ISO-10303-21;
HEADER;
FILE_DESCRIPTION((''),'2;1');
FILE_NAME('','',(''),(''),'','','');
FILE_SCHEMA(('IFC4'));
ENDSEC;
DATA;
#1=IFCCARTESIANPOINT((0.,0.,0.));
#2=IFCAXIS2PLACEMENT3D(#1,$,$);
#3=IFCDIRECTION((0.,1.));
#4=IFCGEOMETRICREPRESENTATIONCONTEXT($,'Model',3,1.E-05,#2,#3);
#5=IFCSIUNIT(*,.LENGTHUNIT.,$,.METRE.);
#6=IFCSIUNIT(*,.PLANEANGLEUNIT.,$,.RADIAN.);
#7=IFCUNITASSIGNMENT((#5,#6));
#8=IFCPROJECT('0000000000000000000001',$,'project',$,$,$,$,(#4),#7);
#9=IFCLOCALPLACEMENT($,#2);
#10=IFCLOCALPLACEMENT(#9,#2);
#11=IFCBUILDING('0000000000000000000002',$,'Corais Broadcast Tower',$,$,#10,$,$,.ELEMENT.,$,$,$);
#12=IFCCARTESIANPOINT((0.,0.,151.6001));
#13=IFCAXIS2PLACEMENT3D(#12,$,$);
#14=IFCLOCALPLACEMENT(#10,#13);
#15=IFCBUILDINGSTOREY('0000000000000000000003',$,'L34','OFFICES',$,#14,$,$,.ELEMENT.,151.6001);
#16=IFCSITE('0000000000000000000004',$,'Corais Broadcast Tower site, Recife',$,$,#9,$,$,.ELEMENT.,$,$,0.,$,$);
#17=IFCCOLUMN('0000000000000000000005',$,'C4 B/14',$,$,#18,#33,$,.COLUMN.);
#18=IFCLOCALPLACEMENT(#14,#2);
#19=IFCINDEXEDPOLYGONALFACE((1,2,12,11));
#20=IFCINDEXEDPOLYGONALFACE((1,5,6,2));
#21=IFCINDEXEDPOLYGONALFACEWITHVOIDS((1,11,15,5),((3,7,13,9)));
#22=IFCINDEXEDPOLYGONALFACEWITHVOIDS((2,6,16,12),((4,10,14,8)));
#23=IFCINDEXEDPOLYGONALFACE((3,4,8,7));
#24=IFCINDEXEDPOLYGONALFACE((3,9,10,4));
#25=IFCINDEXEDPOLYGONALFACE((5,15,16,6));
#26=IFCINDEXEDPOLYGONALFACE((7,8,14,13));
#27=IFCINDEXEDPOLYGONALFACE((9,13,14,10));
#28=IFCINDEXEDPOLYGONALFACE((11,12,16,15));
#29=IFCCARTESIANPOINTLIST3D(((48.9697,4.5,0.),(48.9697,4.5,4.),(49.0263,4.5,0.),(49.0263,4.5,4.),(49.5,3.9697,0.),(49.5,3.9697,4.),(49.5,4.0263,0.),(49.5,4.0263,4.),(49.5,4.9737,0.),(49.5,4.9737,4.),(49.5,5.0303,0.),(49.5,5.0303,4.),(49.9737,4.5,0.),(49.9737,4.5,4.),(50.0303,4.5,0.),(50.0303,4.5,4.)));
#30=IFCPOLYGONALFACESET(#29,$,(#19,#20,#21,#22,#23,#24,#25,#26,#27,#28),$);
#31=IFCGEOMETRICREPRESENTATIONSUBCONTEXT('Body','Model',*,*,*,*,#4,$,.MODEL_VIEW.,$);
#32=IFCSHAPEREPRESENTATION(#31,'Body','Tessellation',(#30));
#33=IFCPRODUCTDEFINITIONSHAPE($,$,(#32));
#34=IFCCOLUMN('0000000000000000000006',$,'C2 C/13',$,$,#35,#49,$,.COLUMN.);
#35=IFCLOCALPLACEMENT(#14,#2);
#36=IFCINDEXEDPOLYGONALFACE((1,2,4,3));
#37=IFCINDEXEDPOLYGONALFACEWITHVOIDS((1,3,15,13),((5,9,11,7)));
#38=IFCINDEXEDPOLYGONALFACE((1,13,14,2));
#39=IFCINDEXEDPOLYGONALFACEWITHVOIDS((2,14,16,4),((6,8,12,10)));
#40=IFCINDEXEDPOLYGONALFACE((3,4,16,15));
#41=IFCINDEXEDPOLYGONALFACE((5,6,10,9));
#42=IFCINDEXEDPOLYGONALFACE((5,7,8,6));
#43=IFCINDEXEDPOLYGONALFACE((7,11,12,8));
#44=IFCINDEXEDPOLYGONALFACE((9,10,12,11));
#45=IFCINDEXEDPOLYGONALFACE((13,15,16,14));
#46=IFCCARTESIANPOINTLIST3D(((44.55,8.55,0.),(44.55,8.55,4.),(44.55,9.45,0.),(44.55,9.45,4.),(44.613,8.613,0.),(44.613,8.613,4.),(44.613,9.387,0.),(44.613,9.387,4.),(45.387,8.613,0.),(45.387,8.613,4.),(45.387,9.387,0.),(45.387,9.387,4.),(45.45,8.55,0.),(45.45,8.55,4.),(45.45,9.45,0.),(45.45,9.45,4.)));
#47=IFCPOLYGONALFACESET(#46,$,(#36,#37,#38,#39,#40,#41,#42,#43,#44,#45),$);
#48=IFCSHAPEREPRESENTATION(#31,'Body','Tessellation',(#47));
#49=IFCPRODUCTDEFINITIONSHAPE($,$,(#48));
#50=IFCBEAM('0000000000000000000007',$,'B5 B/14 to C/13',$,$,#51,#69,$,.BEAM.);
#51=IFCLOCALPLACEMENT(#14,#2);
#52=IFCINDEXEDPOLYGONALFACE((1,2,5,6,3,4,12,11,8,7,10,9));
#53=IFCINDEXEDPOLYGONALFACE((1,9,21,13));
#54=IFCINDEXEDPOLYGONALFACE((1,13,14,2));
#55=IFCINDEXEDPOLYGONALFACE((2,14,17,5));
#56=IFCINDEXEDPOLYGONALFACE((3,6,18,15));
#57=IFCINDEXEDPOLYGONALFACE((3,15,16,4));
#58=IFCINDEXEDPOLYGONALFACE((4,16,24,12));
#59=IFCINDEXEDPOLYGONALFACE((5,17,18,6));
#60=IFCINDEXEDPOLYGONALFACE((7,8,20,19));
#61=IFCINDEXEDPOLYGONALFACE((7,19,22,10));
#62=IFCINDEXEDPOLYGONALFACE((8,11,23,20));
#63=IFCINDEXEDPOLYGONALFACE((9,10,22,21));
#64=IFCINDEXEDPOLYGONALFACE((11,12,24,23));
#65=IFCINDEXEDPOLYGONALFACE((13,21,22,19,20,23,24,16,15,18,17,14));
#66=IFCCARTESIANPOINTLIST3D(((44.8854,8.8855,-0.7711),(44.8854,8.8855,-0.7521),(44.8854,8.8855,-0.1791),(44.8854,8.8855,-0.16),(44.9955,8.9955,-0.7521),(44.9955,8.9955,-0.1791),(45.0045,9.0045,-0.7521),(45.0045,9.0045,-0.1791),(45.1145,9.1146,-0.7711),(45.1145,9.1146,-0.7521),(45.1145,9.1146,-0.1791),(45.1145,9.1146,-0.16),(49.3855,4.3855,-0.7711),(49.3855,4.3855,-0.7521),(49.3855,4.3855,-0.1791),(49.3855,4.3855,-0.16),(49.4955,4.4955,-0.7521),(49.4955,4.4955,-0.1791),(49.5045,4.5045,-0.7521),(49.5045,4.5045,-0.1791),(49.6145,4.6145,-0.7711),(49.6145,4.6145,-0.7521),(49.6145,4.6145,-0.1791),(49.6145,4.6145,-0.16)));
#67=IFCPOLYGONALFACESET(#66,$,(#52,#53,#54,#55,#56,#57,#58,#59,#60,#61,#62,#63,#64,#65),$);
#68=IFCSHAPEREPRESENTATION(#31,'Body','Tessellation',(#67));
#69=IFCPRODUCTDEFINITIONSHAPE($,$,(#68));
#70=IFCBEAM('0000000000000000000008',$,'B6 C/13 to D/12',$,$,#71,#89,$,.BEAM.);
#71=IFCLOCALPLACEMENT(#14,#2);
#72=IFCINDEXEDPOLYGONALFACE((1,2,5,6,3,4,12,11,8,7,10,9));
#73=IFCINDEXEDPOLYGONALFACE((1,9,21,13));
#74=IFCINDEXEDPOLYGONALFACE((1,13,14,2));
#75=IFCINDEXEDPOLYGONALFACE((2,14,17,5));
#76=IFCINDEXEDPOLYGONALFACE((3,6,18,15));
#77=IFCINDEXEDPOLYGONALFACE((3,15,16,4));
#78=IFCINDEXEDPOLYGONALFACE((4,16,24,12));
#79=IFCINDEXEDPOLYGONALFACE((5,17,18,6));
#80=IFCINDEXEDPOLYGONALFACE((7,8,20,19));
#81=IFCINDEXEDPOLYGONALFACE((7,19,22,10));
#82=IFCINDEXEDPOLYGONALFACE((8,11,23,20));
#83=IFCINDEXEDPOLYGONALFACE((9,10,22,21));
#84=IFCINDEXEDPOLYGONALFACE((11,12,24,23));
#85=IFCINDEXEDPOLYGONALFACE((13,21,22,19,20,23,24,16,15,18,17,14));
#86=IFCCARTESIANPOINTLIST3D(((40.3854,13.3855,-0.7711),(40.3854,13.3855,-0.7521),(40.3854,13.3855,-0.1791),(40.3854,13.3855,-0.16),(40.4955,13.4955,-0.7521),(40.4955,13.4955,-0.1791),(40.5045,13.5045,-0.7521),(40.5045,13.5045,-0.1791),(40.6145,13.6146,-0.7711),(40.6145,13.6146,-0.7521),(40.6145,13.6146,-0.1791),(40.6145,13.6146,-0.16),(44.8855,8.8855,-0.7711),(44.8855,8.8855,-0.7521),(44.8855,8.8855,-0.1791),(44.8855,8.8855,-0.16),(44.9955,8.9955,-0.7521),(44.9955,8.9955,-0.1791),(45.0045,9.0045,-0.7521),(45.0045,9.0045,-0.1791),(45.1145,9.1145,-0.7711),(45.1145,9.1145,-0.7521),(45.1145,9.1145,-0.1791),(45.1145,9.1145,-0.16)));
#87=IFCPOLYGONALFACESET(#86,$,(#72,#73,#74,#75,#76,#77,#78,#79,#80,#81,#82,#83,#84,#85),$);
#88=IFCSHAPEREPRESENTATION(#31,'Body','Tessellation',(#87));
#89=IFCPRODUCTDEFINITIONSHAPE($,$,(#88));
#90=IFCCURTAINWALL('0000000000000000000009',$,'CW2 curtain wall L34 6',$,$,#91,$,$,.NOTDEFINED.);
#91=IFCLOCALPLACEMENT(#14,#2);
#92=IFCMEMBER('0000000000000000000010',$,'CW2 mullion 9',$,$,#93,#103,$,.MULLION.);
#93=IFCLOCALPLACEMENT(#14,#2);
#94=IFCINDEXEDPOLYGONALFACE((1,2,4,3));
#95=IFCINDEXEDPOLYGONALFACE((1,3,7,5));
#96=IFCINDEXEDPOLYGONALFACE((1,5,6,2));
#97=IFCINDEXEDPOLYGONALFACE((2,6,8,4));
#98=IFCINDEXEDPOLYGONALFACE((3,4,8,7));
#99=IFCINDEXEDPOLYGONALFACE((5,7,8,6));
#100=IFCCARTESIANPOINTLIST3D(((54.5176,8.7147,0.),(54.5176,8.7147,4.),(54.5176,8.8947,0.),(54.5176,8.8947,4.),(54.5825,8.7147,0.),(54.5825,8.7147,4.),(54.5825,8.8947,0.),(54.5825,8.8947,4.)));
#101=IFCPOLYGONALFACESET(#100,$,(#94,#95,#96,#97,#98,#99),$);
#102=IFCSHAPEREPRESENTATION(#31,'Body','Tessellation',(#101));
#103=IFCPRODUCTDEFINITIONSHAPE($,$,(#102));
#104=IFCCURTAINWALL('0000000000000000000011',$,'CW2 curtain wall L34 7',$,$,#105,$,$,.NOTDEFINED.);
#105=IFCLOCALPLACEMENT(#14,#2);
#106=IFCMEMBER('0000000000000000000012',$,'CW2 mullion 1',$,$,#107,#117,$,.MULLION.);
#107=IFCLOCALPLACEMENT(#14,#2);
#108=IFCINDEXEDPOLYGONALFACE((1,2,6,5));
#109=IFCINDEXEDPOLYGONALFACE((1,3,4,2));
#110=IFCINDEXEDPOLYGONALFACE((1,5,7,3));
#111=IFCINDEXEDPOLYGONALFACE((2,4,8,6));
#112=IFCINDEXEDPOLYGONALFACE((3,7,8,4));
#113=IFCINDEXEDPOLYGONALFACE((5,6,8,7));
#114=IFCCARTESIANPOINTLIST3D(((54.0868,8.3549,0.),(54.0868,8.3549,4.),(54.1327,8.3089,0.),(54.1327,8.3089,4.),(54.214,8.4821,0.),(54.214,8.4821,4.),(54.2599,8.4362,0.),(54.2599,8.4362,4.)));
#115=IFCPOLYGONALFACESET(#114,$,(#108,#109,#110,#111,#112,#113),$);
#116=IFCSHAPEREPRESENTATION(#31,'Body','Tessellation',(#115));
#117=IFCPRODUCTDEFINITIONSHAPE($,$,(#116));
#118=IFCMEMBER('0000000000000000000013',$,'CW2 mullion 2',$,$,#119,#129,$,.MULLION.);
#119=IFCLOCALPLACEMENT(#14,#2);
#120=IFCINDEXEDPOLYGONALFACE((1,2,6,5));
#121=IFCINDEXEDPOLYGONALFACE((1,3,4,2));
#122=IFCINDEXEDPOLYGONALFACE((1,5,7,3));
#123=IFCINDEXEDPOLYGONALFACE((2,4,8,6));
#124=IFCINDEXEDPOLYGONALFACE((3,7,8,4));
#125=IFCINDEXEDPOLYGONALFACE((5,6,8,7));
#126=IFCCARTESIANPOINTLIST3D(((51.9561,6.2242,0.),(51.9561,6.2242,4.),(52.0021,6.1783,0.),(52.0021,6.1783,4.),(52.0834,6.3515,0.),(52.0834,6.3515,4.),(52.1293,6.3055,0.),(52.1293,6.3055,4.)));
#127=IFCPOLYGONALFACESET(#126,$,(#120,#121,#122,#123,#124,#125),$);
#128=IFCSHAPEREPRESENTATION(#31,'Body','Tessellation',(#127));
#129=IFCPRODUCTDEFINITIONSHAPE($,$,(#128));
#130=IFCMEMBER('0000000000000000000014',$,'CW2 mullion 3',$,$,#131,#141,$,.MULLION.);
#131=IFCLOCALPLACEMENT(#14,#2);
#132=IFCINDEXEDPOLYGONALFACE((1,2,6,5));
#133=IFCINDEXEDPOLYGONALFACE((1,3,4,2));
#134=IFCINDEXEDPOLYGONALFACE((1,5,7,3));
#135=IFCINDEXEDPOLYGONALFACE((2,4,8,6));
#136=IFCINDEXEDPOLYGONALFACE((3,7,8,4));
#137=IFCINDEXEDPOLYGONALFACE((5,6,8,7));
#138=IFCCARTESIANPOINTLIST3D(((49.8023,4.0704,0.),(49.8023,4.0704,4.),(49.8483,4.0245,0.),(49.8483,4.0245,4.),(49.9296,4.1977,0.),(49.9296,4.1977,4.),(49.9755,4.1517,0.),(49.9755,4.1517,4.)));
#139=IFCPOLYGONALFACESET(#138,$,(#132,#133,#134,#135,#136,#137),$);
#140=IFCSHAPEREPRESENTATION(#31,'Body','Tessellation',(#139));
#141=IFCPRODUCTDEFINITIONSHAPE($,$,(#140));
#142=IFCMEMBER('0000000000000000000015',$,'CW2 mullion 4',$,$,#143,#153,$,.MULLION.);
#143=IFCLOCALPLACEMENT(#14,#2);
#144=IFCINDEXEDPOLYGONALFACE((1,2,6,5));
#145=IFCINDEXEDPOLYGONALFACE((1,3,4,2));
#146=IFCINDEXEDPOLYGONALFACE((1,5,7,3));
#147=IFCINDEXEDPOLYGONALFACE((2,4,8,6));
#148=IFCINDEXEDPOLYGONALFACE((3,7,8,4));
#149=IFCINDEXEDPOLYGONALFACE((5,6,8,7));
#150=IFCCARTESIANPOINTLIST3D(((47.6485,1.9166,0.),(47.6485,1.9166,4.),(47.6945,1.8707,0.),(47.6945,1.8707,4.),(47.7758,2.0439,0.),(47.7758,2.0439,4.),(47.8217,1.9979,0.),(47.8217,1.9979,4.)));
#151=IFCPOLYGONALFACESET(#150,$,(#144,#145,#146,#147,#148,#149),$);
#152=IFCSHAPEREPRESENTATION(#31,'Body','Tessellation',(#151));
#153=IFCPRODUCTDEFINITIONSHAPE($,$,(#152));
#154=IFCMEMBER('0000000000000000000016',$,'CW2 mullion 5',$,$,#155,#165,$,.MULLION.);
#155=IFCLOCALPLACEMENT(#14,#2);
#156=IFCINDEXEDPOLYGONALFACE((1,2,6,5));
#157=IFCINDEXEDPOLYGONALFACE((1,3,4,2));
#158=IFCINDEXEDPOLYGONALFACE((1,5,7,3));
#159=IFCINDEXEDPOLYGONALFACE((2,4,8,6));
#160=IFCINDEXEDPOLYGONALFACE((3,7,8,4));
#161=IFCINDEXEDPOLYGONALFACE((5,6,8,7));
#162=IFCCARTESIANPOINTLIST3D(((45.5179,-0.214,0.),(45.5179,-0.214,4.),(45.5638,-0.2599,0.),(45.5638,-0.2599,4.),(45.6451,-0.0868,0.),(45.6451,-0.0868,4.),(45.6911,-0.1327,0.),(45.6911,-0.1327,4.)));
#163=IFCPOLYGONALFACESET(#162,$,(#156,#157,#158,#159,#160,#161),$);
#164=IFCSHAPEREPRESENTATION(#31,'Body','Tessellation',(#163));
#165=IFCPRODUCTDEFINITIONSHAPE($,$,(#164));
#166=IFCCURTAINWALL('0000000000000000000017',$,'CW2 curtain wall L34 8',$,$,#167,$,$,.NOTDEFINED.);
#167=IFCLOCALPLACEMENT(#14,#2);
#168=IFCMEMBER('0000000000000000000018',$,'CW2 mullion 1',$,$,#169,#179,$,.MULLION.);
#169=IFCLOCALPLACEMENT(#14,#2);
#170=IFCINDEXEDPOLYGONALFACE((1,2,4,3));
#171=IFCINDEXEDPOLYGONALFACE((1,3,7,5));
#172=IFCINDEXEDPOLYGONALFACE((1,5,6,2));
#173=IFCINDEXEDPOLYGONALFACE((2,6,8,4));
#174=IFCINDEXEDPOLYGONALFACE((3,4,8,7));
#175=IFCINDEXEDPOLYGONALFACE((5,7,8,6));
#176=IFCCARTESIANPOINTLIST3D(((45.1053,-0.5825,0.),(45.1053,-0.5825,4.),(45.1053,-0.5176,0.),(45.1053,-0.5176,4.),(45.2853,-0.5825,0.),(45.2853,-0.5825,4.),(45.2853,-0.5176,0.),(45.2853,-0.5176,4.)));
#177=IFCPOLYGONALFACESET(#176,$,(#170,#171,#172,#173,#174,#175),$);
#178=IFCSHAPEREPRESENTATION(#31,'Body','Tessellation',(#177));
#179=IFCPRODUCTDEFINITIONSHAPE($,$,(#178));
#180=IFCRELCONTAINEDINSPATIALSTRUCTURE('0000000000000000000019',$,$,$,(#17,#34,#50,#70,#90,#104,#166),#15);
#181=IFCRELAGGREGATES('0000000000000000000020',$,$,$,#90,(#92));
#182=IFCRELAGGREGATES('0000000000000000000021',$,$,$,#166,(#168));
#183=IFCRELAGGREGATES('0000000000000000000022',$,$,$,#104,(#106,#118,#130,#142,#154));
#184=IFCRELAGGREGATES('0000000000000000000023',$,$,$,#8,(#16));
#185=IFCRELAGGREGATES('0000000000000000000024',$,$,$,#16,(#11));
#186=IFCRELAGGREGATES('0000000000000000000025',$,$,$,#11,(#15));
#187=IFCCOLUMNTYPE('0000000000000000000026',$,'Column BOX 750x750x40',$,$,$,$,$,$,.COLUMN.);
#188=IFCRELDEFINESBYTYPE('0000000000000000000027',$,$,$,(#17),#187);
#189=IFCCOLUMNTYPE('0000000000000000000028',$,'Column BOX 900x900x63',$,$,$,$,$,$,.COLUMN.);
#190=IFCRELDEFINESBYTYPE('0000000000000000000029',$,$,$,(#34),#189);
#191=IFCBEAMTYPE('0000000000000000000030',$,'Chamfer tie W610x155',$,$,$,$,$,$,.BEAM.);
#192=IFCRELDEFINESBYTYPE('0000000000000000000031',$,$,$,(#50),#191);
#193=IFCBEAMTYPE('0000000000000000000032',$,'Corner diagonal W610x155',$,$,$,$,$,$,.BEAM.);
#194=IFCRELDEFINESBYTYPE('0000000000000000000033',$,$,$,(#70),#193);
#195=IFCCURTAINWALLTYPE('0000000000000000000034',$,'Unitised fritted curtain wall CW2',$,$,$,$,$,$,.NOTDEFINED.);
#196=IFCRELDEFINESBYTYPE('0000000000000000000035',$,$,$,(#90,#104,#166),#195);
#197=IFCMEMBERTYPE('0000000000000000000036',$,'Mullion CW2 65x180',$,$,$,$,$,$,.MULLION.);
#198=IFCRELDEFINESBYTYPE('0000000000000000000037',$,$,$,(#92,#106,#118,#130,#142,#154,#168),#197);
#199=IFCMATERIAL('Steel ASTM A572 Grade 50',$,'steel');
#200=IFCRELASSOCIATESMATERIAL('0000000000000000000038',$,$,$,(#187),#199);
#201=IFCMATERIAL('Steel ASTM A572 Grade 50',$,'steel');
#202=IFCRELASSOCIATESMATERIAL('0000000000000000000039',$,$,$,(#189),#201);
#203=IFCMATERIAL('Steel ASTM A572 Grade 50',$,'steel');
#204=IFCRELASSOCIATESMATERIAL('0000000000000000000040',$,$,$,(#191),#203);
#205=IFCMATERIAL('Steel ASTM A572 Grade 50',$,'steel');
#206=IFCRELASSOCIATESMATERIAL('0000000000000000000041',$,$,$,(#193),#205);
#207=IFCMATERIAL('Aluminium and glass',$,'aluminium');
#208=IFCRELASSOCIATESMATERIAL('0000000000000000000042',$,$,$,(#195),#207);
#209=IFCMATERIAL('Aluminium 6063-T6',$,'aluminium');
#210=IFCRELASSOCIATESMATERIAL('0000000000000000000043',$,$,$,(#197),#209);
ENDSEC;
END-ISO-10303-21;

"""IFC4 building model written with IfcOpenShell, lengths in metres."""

from ifc_helpers import new_model, si_unit, direction, frame, origin, origin_2d, place, context, subcontext, project, spatial, rectangle, hollow_rectangle, i_section, extrude, material, material_profile, profile_set, type_object, element, aggregate, save


model = new_model("IFC4")

# Units and contexts
model_context = context("Model", 3, precision=1e-05, world=origin(), true_north=direction((0.0, 1.0)))
body_context = subcontext(model_context, "Body", "Model", "MODEL_VIEW")
ifc_project = project(units=[si_unit("LENGTHUNIT", "METRE"), si_unit("PLANEANGLEUNIT", "RADIAN")], contexts=[model_context])

# Site, building, storey
site_placement = place(None, origin())
site = spatial("IfcSite", under=ifc_project, at=site_placement, Name="Corais Broadcast Tower site, Recife", CompositionType="ELEMENT", RefElevation=0.0)
building_placement = place(site_placement, origin())
building = spatial("IfcBuilding", under=site, at=building_placement, Name="Corais Broadcast Tower", CompositionType="ELEMENT")
storey_placement = place(building_placement, frame((0.0, 0.0, 151.6001)))
storey = spatial("IfcBuildingStorey", under=building, at=storey_placement, Name="L34", Description="OFFICES", CompositionType="ELEMENT", Elevation=151.6001)

# Columns
ifc_material_1 = material(Name="Steel ASTM A572 Grade 50", Category="steel")
ifc_material_profile_1 = material_profile(ifc_material_1, hollow_rectangle(XDim=0.75, YDim=0.75, WallThickness=0.04, at=origin_2d()), Name="BOX 750x750x40")
ifc_profile_set_1 = profile_set([ifc_material_profile_1], Name="Steel ASTM A572 Grade 50")
column_type_1 = type_object("IfcColumnType", Name="Column BOX 750x750x40", PredefinedType="COLUMN", material=ifc_profile_set_1)
column_1_placement = place(storey_placement, frame((49.5, 4.5, 0.0), z_axis=(0.0, 0.0, 1.0), x_axis=(0.707107, 0.707107, 0.0)))
element("IfcColumn", 1, at=column_1_placement, inside=storey, type_object=column_type_1, Name="C4 B/14", PredefinedType="COLUMN", context=body_context, shape_type="SweptSolid", body=[
    extrude(hollow_rectangle(XDim=0.75, YDim=0.75, WallThickness=0.04, at=origin_2d()), origin(), (0.0, 0.0, 1.0), 4.0),
])
ifc_material_2 = material(Name="Steel ASTM A572 Grade 50", Category="steel")
ifc_material_profile_2 = material_profile(ifc_material_2, hollow_rectangle(XDim=0.8999, YDim=0.8999, WallThickness=0.063, at=origin_2d()), Name="BOX 900x900x63")
ifc_profile_set_2 = profile_set([ifc_material_profile_2], Name="Steel ASTM A572 Grade 50")
column_type_2 = type_object("IfcColumnType", Name="Column BOX 900x900x63", PredefinedType="COLUMN", material=ifc_profile_set_2)
column_2_placement = place(storey_placement, frame((45.0, 9.0, 0.0), z_axis=(0.0, 0.0, 1.0), x_axis=(1.0, 0.0, 0.0)))
element("IfcColumn", 2, at=column_2_placement, inside=storey, type_object=column_type_2, Name="C2 C/13", PredefinedType="COLUMN", context=body_context, shape_type="SweptSolid", body=[
    extrude(hollow_rectangle(XDim=0.8999, YDim=0.8999, WallThickness=0.063, at=origin_2d()), origin(), (0.0, 0.0, 1.0), 4.0),
])

# Beams
ifc_material_3 = material(Name="Steel ASTM A572 Grade 50", Category="steel")
ifc_material_profile_3 = material_profile(ifc_material_3, i_section(OverallWidth=0.324, OverallDepth=0.6111, WebThickness=0.0127, FlangeThickness=0.019, at=origin_2d()), Name="W610x155")
ifc_profile_set_3 = profile_set([ifc_material_profile_3], Name="Steel ASTM A572 Grade 50")
beam_type_1 = type_object("IfcBeamType", Name="Chamfer tie W610x155", PredefinedType="BEAM", material=ifc_profile_set_3)
beam_1_placement = place(storey_placement, frame((49.5, 4.5, -0.4656), z_axis=(-0.707107, 0.707107, 0.0), x_axis=(-0.707107, -0.707107, 0.0)))
element("IfcBeam", 3, at=beam_1_placement, inside=storey, type_object=beam_type_1, Name="B5 B/14 to C/13", PredefinedType="BEAM", context=body_context, shape_type="SweptSolid", body=[
    extrude(i_section(OverallWidth=0.324, OverallDepth=0.6111, WebThickness=0.0127, FlangeThickness=0.019, at=origin_2d()), origin(), (0.0, 0.0, 1.0), 6.364),
])
ifc_material_4 = material(Name="Steel ASTM A572 Grade 50", Category="steel")
ifc_material_profile_4 = material_profile(ifc_material_4, i_section(OverallWidth=0.324, OverallDepth=0.6111, WebThickness=0.0127, FlangeThickness=0.019, at=origin_2d()), Name="W610x155")
ifc_profile_set_4 = profile_set([ifc_material_profile_4], Name="Steel ASTM A572 Grade 50")
beam_type_2 = type_object("IfcBeamType", Name="Corner diagonal W610x155", PredefinedType="BEAM", material=ifc_profile_set_4)
beam_2_placement = place(storey_placement, frame((45.0, 9.0, -0.4656), z_axis=(-0.707107, 0.707107, 0.0), x_axis=(-0.707107, -0.707107, 0.0)))
element("IfcBeam", 4, at=beam_2_placement, inside=storey, type_object=beam_type_2, Name="B6 C/13 to D/12", PredefinedType="BEAM", context=body_context, shape_type="SweptSolid", body=[
    extrude(i_section(OverallWidth=0.324, OverallDepth=0.6111, WebThickness=0.0127, FlangeThickness=0.019, at=origin_2d()), origin(), (0.0, 0.0, 1.0), 6.364),
])

# Curtain wall, member
ifc_material_5 = material(Name="Aluminium and glass", Category="aluminium")
curtain_wall_type = type_object("IfcCurtainWallType", Name="Unitised fritted curtain wall CW2", PredefinedType="NOTDEFINED", material=ifc_material_5)
curtain_wall_1_placement = place(storey_placement, origin())
curtain_wall_1 = element("IfcCurtainWall", 5, at=curtain_wall_1_placement, inside=storey, type_object=curtain_wall_type, Name="CW2 curtain wall L34 6", PredefinedType="NOTDEFINED")
ifc_material_6 = material(Name="Aluminium 6063-T6", Category="aluminium")
ifc_material_profile_5 = material_profile(ifc_material_6, rectangle(XDim=0.0649, YDim=0.1799, at=origin_2d()), Name="Mullion CW2 65x180")
ifc_profile_set_5 = profile_set([ifc_material_profile_5], Name="Aluminium 6063-T6")
member_type_1 = type_object("IfcMemberType", Name="Mullion CW2 65x180", PredefinedType="MULLION", material=ifc_profile_set_5)
member_1_placement = place(storey_placement, frame((54.55, 8.8047, 0.0), z_axis=(0.0, 0.0, 1.0), x_axis=(1.0, 0.0, 0.0)))
member_1 = element("IfcMember", 6, at=member_1_placement, type_object=member_type_1, Name="CW2 mullion 9", PredefinedType="MULLION", context=body_context, shape_type="SweptSolid", body=[
    extrude(rectangle(XDim=0.0649, YDim=0.1799, at=origin_2d()), origin(), (0.0, 0.0, 1.0), 4.0),
])
aggregate(curtain_wall_1, [member_1])

# Curtain wall, members
curtain_wall_2_placement = place(storey_placement, origin())
curtain_wall_2 = element("IfcCurtainWall", 7, at=curtain_wall_2_placement, inside=storey, type_object=curtain_wall_type, Name="CW2 curtain wall L34 7", PredefinedType="NOTDEFINED")
member_2_placement = place(storey_placement, frame((54.1733, 8.3955, 0.0), z_axis=(0.0, 0.0, 1.0), x_axis=(0.707107, -0.707107, 0.0)))
member_2 = element("IfcMember", 8, at=member_2_placement, type_object=member_type_1, Name="CW2 mullion 1", PredefinedType="MULLION", context=body_context, shape_type="SweptSolid", body=[
    extrude(rectangle(XDim=0.0649, YDim=0.1799, at=origin_2d()), origin(), (0.0, 0.0, 1.0), 4.0),
])
member_3_placement = place(storey_placement, frame((52.0427, 6.2649, 0.0), z_axis=(0.0, 0.0, 1.0), x_axis=(0.707107, -0.707107, 0.0)))
member_3 = element("IfcMember", 9, at=member_3_placement, type_object=member_type_1, Name="CW2 mullion 2", PredefinedType="MULLION", context=body_context, shape_type="SweptSolid", body=[
    extrude(rectangle(XDim=0.0649, YDim=0.1799, at=origin_2d()), origin(), (0.0, 0.0, 1.0), 4.0),
])
member_4_placement = place(storey_placement, frame((49.8889, 4.1111, 0.0), z_axis=(0.0, 0.0, 1.0), x_axis=(0.707107, -0.707107, 0.0)))
member_4 = element("IfcMember", 10, at=member_4_placement, type_object=member_type_1, Name="CW2 mullion 3", PredefinedType="MULLION", context=body_context, shape_type="SweptSolid", body=[
    extrude(rectangle(XDim=0.0649, YDim=0.1799, at=origin_2d()), origin(), (0.0, 0.0, 1.0), 4.0),
])
member_5_placement = place(storey_placement, frame((47.7351, 1.9573, 0.0), z_axis=(0.0, 0.0, 1.0), x_axis=(0.707107, -0.707107, 0.0)))
member_5 = element("IfcMember", 11, at=member_5_placement, type_object=member_type_1, Name="CW2 mullion 4", PredefinedType="MULLION", context=body_context, shape_type="SweptSolid", body=[
    extrude(rectangle(XDim=0.0649, YDim=0.1799, at=origin_2d()), origin(), (0.0, 0.0, 1.0), 4.0),
])
member_6_placement = place(storey_placement, frame((45.6045, -0.1733, 0.0), z_axis=(0.0, 0.0, 1.0), x_axis=(0.707107, -0.707107, 0.0)))
member_6 = element("IfcMember", 12, at=member_6_placement, type_object=member_type_1, Name="CW2 mullion 5", PredefinedType="MULLION", context=body_context, shape_type="SweptSolid", body=[
    extrude(rectangle(XDim=0.0649, YDim=0.1799, at=origin_2d()), origin(), (0.0, 0.0, 1.0), 4.0),
])

# Curtain wall, member
curtain_wall_3_placement = place(storey_placement, origin())
curtain_wall_3 = element("IfcCurtainWall", 13, at=curtain_wall_3_placement, inside=storey, type_object=curtain_wall_type, Name="CW2 curtain wall L34 8", PredefinedType="NOTDEFINED")
member_7_placement = place(storey_placement, frame((45.1953, -0.55, 0.0), z_axis=(0.0, 0.0, 1.0), x_axis=(0.0, -1.0, 0.0)))
member_7 = element("IfcMember", 14, at=member_7_placement, type_object=member_type_1, Name="CW2 mullion 1", PredefinedType="MULLION", context=body_context, shape_type="SweptSolid", body=[
    extrude(rectangle(XDim=0.0649, YDim=0.1799, at=origin_2d()), origin(), (0.0, 0.0, 1.0), 4.0),
])

aggregate(curtain_wall_3, [member_7])

aggregate(curtain_wall_2, [member_2, member_3, member_4, member_5, member_6])

save(model, "model.ifc")
